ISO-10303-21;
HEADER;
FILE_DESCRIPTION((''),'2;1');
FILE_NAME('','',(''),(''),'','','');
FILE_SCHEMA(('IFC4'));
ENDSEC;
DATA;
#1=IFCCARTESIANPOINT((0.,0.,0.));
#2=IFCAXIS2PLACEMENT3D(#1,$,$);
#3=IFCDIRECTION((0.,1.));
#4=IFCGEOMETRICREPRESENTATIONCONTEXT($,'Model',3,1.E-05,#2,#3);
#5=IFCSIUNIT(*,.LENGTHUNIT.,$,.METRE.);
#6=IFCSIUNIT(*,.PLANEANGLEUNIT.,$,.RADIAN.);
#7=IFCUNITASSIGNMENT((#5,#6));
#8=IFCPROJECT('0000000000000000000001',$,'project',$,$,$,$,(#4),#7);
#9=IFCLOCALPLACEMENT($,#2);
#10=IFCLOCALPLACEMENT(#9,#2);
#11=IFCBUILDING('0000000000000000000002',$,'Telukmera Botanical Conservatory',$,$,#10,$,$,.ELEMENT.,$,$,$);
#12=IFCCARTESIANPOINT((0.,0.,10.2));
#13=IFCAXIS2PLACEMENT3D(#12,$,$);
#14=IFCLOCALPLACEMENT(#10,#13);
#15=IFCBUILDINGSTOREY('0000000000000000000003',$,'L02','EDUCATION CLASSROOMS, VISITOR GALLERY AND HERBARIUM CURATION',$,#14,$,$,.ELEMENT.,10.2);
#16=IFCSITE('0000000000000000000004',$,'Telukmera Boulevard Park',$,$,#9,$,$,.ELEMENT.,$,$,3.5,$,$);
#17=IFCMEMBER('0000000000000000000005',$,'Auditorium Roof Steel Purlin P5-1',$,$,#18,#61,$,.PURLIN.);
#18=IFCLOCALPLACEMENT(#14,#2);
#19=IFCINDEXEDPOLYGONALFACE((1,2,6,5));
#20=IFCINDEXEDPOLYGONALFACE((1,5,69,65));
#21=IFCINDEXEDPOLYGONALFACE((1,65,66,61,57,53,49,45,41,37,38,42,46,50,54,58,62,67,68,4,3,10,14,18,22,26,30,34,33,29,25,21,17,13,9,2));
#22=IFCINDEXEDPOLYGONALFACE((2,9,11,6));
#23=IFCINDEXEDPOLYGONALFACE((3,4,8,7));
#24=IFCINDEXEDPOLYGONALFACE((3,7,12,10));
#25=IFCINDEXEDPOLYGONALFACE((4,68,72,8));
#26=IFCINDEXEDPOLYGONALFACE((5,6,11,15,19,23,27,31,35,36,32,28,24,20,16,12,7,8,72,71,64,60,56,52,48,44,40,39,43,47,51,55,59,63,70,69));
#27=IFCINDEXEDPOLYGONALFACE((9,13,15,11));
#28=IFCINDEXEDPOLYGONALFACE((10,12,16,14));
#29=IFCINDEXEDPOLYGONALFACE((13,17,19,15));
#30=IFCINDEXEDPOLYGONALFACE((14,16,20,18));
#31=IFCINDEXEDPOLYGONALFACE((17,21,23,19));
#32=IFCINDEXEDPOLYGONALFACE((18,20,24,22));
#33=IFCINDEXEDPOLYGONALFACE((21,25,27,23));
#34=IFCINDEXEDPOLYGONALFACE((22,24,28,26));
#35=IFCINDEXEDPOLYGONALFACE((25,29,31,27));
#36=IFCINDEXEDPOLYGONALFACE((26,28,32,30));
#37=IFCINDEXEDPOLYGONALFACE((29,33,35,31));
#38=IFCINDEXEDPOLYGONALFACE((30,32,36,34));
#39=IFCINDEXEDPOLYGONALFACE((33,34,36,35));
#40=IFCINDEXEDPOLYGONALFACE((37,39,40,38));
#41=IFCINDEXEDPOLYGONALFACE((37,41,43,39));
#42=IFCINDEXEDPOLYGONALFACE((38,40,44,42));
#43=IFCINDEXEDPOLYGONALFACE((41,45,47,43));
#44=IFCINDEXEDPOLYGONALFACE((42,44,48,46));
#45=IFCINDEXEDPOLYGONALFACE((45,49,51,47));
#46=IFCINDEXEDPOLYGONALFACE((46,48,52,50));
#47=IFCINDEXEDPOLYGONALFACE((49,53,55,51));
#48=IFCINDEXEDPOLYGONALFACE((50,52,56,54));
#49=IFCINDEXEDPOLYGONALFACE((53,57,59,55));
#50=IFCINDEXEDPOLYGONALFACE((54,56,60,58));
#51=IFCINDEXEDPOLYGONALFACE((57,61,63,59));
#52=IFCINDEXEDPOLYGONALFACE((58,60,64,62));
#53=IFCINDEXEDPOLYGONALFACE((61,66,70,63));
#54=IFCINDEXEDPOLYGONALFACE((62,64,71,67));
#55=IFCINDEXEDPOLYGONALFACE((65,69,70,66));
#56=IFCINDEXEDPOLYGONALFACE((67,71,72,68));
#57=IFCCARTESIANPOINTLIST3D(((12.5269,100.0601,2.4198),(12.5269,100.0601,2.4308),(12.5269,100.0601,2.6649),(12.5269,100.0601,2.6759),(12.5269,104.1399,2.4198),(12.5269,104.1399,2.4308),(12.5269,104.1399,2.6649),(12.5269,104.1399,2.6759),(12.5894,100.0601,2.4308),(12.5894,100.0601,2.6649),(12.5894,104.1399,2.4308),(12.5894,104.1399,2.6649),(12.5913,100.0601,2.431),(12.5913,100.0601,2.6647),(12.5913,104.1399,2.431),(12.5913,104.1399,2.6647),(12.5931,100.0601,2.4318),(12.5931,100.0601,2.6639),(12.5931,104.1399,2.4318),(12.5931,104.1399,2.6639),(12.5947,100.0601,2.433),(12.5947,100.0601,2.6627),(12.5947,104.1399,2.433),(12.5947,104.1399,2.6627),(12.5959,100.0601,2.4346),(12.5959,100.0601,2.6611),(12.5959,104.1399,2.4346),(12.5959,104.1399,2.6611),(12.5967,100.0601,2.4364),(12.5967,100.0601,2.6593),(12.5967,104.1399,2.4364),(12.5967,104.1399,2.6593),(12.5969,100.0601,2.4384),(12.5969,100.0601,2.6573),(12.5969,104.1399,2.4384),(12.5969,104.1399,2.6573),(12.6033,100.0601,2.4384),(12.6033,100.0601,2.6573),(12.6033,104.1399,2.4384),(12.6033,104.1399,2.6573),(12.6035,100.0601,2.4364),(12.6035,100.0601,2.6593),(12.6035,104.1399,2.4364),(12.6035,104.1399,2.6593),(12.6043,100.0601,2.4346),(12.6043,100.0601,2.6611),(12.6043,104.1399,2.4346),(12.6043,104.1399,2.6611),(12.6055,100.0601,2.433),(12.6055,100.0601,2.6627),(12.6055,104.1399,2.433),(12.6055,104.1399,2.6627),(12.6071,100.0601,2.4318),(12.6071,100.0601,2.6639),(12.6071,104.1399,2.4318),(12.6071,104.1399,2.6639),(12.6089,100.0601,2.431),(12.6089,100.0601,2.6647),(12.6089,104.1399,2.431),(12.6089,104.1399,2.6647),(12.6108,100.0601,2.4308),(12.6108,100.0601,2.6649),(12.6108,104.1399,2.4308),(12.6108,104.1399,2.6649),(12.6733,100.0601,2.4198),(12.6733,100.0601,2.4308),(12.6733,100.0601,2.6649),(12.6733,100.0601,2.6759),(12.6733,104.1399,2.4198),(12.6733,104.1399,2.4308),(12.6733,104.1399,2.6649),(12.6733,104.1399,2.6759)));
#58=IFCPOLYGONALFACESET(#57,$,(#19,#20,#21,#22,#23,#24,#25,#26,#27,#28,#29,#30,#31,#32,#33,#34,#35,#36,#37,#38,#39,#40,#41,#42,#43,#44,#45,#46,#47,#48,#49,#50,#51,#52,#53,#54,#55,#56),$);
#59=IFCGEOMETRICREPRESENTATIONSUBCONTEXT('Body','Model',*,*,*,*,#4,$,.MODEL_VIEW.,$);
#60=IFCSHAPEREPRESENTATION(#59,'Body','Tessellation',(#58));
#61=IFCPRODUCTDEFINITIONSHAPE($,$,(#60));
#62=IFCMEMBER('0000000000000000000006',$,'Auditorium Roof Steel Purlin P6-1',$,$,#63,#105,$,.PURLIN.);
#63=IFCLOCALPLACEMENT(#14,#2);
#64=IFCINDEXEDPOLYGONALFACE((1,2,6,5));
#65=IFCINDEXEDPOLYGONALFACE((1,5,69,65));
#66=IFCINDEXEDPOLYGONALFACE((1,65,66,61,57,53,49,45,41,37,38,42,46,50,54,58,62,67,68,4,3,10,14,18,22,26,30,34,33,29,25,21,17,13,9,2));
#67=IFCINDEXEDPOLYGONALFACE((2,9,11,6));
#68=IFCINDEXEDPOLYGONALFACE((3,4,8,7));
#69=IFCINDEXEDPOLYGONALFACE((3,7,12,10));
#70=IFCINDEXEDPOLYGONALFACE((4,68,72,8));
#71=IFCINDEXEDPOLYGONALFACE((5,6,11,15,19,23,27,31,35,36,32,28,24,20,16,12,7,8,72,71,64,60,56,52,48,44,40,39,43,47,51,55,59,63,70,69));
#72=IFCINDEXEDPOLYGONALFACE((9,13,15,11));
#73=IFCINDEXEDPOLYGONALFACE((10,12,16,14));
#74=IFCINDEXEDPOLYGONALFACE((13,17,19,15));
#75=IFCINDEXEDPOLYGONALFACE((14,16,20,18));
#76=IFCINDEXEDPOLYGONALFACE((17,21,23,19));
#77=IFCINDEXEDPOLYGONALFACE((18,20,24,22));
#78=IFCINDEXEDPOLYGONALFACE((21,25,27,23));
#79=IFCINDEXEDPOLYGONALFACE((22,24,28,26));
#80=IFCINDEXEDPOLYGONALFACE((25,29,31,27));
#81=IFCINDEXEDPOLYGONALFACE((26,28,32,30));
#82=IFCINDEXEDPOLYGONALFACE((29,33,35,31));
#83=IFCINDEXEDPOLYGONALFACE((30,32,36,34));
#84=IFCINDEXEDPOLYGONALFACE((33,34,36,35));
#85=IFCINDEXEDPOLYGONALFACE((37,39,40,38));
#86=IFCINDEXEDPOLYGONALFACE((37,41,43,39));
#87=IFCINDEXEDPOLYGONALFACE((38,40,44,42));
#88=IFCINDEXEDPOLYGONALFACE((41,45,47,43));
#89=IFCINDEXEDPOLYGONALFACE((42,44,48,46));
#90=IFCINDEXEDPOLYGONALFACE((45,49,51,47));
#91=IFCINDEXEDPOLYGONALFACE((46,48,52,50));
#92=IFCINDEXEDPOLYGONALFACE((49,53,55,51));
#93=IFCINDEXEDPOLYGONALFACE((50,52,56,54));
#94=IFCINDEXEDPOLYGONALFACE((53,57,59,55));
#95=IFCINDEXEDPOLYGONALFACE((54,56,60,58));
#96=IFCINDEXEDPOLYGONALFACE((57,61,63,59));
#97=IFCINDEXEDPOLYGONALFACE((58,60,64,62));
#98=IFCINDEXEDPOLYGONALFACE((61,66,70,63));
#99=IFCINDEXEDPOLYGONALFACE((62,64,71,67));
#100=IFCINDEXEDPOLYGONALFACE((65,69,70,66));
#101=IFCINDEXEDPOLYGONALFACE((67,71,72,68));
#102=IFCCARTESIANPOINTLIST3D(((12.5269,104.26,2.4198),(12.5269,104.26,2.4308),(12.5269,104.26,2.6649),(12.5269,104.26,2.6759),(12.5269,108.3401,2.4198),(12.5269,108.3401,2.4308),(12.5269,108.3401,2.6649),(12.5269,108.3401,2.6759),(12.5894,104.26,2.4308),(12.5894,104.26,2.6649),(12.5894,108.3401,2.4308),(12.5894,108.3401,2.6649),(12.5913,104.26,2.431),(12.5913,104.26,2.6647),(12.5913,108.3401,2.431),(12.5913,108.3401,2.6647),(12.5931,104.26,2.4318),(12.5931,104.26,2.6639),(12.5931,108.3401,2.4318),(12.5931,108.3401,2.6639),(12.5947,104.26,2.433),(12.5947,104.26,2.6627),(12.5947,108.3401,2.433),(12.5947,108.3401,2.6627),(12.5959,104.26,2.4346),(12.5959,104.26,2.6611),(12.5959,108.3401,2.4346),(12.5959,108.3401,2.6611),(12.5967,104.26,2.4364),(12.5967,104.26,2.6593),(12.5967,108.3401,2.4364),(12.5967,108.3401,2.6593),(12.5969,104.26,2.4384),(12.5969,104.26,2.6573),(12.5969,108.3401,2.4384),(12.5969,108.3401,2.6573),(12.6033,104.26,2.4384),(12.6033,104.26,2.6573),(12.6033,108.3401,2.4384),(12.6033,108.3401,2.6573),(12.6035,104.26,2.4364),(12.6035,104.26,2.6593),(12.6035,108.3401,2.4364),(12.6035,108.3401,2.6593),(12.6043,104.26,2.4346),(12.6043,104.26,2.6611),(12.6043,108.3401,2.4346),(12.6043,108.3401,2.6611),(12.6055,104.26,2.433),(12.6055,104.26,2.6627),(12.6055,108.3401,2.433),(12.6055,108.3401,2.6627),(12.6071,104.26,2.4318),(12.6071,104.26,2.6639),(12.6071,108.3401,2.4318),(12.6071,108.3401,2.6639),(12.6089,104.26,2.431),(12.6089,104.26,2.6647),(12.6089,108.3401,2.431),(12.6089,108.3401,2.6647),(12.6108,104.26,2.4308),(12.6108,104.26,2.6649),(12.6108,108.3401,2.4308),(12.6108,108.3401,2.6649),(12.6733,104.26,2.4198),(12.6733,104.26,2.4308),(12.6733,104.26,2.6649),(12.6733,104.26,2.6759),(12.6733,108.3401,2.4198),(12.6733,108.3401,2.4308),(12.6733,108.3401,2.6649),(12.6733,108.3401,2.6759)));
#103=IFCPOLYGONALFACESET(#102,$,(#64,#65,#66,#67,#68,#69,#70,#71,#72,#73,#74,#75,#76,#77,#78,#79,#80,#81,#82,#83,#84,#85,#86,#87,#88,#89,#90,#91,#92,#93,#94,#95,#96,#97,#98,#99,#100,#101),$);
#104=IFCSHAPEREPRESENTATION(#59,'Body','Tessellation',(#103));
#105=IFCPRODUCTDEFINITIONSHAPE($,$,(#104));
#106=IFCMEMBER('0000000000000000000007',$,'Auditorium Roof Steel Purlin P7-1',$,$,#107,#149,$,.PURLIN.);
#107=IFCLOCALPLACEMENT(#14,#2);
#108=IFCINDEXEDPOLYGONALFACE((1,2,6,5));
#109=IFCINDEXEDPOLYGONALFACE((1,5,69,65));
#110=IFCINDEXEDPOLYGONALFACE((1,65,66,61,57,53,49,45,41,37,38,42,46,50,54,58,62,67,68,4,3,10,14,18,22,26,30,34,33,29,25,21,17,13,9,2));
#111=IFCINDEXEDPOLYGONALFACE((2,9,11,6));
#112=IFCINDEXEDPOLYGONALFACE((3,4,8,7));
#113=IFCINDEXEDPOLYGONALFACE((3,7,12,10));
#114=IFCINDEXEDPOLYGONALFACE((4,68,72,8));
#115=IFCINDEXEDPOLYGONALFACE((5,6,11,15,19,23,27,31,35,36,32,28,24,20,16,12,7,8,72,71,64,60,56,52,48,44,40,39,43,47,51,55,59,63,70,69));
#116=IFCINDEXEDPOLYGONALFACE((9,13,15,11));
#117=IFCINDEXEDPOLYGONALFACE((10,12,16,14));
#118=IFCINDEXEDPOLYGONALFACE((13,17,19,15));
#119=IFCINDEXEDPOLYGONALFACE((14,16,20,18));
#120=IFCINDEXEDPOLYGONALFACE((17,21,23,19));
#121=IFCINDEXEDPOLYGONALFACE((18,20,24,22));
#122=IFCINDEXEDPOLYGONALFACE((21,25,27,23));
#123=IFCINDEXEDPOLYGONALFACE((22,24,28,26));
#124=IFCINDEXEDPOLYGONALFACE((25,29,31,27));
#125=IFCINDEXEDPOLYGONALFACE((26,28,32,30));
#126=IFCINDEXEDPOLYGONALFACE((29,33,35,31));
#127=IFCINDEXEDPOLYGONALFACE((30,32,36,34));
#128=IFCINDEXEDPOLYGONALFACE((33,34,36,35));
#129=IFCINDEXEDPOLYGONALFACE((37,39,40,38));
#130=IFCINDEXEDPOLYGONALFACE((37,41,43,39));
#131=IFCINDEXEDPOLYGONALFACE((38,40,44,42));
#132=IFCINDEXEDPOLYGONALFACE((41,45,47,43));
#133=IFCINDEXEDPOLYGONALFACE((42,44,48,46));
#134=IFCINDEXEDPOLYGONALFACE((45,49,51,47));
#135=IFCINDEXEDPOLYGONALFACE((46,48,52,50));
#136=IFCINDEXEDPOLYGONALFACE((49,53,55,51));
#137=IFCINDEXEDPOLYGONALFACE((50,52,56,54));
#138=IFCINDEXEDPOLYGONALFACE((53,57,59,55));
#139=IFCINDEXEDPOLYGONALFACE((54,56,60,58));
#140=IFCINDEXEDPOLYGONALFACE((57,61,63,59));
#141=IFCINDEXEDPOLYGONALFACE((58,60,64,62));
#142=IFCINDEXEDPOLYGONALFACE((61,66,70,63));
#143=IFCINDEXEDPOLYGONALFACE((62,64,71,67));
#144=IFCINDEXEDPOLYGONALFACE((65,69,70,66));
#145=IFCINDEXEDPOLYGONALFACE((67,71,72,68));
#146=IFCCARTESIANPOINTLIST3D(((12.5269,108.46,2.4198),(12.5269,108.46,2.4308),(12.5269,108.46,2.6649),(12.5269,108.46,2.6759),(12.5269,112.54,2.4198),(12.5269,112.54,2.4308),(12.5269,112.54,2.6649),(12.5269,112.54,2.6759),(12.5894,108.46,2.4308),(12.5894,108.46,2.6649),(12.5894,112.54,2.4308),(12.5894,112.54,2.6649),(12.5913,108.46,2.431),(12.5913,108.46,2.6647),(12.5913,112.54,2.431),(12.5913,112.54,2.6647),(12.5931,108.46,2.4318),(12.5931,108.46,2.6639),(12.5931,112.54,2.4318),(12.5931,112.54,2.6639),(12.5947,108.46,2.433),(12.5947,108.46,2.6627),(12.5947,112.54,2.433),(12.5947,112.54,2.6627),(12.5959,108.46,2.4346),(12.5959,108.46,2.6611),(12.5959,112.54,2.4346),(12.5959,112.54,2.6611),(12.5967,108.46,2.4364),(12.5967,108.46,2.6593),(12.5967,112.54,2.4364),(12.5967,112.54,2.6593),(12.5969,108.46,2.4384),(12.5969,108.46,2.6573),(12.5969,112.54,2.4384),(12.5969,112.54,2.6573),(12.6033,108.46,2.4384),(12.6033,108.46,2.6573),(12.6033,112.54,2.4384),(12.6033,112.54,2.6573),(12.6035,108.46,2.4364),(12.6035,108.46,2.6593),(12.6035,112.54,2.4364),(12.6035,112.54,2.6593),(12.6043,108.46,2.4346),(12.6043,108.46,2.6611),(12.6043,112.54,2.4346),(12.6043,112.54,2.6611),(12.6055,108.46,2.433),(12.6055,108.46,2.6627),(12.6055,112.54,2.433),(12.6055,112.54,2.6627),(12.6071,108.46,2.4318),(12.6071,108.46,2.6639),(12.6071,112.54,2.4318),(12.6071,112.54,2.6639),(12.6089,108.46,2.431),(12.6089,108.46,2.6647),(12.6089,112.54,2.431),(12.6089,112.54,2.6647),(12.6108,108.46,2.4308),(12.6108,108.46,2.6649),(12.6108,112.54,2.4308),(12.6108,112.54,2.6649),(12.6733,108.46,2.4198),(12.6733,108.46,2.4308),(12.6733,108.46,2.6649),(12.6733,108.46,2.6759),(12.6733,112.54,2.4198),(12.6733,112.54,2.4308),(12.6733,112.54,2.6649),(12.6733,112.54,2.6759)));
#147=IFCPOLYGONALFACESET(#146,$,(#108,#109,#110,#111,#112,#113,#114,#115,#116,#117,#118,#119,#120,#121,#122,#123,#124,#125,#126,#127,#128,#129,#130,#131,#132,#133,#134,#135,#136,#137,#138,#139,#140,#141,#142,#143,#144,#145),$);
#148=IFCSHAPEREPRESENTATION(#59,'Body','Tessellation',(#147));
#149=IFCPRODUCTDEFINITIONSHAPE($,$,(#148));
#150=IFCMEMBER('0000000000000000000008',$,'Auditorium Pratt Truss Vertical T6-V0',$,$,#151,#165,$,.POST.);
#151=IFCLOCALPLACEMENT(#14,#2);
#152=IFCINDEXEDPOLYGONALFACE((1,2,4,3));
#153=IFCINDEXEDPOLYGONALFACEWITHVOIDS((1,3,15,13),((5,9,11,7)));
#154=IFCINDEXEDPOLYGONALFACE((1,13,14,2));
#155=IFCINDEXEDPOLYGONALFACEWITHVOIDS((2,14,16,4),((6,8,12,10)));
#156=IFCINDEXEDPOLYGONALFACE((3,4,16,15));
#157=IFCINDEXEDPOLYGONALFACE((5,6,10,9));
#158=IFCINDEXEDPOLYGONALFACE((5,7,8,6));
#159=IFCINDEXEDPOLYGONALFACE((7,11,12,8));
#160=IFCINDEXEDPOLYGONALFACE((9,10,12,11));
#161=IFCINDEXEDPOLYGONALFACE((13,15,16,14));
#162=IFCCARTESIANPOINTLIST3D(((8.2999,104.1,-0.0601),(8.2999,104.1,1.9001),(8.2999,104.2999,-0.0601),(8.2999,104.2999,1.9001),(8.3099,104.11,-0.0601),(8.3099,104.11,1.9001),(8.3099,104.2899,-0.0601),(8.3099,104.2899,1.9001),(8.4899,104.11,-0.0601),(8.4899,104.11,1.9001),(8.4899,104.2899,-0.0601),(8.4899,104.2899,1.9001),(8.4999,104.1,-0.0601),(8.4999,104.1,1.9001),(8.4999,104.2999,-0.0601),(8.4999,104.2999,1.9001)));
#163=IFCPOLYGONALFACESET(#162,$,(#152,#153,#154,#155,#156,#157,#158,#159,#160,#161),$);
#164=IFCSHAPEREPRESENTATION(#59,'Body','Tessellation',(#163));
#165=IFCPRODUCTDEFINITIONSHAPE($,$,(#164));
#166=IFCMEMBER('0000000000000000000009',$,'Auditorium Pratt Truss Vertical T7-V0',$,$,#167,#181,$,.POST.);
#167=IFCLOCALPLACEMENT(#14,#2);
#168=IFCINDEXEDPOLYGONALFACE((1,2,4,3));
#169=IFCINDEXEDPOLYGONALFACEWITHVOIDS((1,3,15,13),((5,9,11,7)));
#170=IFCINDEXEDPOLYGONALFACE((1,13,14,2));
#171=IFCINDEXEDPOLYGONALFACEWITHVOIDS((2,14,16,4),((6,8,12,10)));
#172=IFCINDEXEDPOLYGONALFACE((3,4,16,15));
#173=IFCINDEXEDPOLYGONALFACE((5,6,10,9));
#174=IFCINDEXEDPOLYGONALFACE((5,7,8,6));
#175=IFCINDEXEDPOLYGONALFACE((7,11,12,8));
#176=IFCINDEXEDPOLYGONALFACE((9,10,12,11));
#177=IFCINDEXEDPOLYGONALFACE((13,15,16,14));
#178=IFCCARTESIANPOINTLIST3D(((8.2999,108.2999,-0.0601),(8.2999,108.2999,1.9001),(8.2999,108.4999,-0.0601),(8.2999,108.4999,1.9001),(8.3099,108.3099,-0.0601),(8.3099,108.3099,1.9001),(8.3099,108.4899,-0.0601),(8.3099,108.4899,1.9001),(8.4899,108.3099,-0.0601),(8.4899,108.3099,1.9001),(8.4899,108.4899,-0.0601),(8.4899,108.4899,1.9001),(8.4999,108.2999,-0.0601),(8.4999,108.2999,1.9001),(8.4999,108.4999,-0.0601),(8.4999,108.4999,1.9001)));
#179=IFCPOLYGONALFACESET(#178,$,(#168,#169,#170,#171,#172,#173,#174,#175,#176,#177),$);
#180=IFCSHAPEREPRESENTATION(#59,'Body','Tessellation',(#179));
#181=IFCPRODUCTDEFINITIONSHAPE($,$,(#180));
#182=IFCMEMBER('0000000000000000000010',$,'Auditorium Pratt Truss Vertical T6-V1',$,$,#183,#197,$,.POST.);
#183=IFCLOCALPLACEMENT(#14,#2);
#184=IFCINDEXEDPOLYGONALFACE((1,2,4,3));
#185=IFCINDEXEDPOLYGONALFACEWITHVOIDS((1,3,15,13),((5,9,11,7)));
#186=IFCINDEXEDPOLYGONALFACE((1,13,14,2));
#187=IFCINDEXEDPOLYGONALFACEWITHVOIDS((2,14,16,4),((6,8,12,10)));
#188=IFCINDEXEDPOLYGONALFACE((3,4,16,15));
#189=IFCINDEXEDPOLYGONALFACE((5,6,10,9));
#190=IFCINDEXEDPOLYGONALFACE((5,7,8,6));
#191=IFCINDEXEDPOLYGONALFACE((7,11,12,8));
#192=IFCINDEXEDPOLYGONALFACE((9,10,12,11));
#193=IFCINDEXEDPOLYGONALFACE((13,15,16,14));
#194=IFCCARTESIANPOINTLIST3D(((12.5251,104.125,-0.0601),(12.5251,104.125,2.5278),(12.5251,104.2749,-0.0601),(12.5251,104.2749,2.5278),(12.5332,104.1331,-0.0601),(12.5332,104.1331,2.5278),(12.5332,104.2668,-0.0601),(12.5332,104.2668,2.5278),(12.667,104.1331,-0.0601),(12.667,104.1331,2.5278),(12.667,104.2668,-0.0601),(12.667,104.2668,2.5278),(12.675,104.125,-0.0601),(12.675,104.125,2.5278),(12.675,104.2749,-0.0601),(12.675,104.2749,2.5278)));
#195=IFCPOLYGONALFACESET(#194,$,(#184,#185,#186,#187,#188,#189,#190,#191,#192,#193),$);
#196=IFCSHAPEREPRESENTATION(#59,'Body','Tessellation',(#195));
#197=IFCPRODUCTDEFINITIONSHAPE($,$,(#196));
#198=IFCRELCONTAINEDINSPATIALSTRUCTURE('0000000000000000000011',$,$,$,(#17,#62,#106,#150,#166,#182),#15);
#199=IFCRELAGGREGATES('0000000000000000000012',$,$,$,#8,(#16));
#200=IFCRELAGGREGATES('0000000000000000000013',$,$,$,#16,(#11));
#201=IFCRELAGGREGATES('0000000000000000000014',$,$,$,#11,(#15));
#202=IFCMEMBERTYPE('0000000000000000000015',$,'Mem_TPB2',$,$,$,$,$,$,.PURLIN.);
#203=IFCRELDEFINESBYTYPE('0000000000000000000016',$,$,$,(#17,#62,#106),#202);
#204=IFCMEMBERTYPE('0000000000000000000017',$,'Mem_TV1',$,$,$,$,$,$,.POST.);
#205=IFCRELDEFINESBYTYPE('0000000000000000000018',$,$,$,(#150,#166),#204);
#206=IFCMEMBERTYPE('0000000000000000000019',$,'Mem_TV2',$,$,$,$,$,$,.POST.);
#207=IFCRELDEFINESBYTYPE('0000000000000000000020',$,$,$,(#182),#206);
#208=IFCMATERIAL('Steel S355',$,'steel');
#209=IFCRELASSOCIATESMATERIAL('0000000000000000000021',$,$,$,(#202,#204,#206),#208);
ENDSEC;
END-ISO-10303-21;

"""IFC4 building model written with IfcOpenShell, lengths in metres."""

from ifc_helpers import new_model, si_unit, direction, frame, origin, origin_2d, place, context, subcontext, project, spatial, hollow_rectangle, i_section, extrude, material, material_profile, profile_set, type_object, element, save


model = new_model("IFC4")

# Units and contexts
model_context = context("Model", 3, precision=1e-05, world=origin(), true_north=direction((0.0, 1.0)))
body_context = subcontext(model_context, "Body", "Model", "MODEL_VIEW")
ifc_project = project(units=[si_unit("LENGTHUNIT", "METRE"), si_unit("PLANEANGLEUNIT", "RADIAN")], contexts=[model_context])

# Site, building, storey
site_placement = place(None, origin())
site = spatial("IfcSite", under=ifc_project, at=site_placement, Name="Telukmera Boulevard Park", CompositionType="ELEMENT", RefElevation=3.5)
building_placement = place(site_placement, origin())
building = spatial("IfcBuilding", under=site, at=building_placement, Name="Telukmera Botanical Conservatory", CompositionType="ELEMENT")
storey_placement = place(building_placement, frame((0.0, 0.0, 10.2)))
storey = spatial("IfcBuildingStorey", under=building, at=storey_placement, Name="L02", Description="EDUCATION CLASSROOMS, VISITOR GALLERY AND HERBARIUM CURATION", CompositionType="ELEMENT", Elevation=10.2)

# Members
ifc_material_1 = material(Name="Steel S355", Category="steel")
ifc_material_profile_1 = material_profile(ifc_material_1, i_section(OverallWidth=0.1465, OverallDepth=0.2561, WebThickness=0.0063, FlangeThickness=0.011, FilletRadius=0.0076, at=origin_2d()), Name="UB 254x146x37")
ifc_profile_set_1 = profile_set([ifc_material_profile_1], Name="Steel S355")
member_type_1 = type_object("IfcMemberType", Name="Mem_TPB2", PredefinedType="PURLIN", material=ifc_profile_set_1)
member_1_placement = place(storey_placement, frame((12.6001, 100.0601, 2.5479), z_axis=(0.0, 1.0, 0.0), x_axis=(-1.0, 0.0, 0.0)))
element("IfcMember", 1, at=member_1_placement, inside=storey, type_object=member_type_1, Name="Auditorium Roof Steel Purlin P5-1", PredefinedType="PURLIN", context=body_context, shape_type="SweptSolid", body=[
    extrude(i_section(OverallWidth=0.1465, OverallDepth=0.2561, WebThickness=0.0063, FlangeThickness=0.011, FilletRadius=0.0076, at=origin_2d()), origin(), (0.0, 0.0, 1.0), 4.0798),
])
for number, where, z_axis, x_axis, name in (
    (2, (12.6001, 104.26, 2.5479), (0.0, 1.0, 0.0), (-1.0, 0.0, 0.0), "Auditorium Roof Steel Purlin P6-1"),
    (3, (12.6001, 108.46, 2.5479), (0.0, 1.0, 0.0), (-1.0, 0.0, 0.0), "Auditorium Roof Steel Purlin P7-1"),
):
    element("IfcMember", number, at=place(storey_placement, frame(where, z_axis=z_axis, x_axis=x_axis)), inside=storey, type_object=member_type_1, Name=name, PredefinedType="PURLIN", context=body_context, shape_type="SweptSolid", body=[
        extrude(i_section(OverallWidth=0.1465, OverallDepth=0.2561, WebThickness=0.0063, FlangeThickness=0.011, FilletRadius=0.0076, at=origin_2d()), origin(), (0.0, 0.0, 1.0), 4.0801),
    ])
ifc_material_profile_2 = material_profile(ifc_material_1, hollow_rectangle(XDim=0.2, YDim=0.2, WallThickness=0.01, at=origin_2d()), Name="SHS 200x200x10.0")
ifc_profile_set_2 = profile_set([ifc_material_profile_2], Name="Steel S355")
member_type_2 = type_object("IfcMemberType", Name="Mem_TV1", PredefinedType="POST", material=ifc_profile_set_2)
for number, where, z_axis, x_axis, name in (
    (4, (8.3999, 104.2, -0.0601), (0.0, 0.0, 1.0), (1.0, 0.0, 0.0), "Auditorium Pratt Truss Vertical T6-V0"),
    (5, (8.3999, 108.3999, -0.0601), (0.0, 0.0, 1.0), (1.0, 0.0, 0.0), "Auditorium Pratt Truss Vertical T7-V0"),
):
    element("IfcMember", number, at=place(storey_placement, frame(where, z_axis=z_axis, x_axis=x_axis)), inside=storey, type_object=member_type_2, Name=name, PredefinedType="POST", context=body_context, shape_type="SweptSolid", body=[
        extrude(hollow_rectangle(XDim=0.2, YDim=0.2, WallThickness=0.01, at=origin_2d()), origin(), (0.0, 0.0, 1.0), 1.9602),
    ])
ifc_material_profile_3 = material_profile(ifc_material_1, hollow_rectangle(XDim=0.1499, YDim=0.1499, WallThickness=0.0081, at=origin_2d()), Name="SHS 150x150x8.0")
ifc_profile_set_3 = profile_set([ifc_material_profile_3], Name="Steel S355")
member_type_3 = type_object("IfcMemberType", Name="Mem_TV2", PredefinedType="POST", material=ifc_profile_set_3)
for number, where, z_axis, x_axis, name in (
    (6, (12.6001, 104.2, -0.0601), (0.0, 0.0, 1.0), (1.0, 0.0, 0.0), "Auditorium Pratt Truss Vertical T6-V1"),
):
    element("IfcMember", number, at=place(storey_placement, frame(where, z_axis=z_axis, x_axis=x_axis)), inside=storey, type_object=member_type_3, Name=name, PredefinedType="POST", context=body_context, shape_type="SweptSolid", body=[
        extrude(hollow_rectangle(XDim=0.1499, YDim=0.1499, WallThickness=0.0081, at=origin_2d()), origin(), (0.0, 0.0, 1.0), 2.5879),
    ])

save(model, "model.ifc")
